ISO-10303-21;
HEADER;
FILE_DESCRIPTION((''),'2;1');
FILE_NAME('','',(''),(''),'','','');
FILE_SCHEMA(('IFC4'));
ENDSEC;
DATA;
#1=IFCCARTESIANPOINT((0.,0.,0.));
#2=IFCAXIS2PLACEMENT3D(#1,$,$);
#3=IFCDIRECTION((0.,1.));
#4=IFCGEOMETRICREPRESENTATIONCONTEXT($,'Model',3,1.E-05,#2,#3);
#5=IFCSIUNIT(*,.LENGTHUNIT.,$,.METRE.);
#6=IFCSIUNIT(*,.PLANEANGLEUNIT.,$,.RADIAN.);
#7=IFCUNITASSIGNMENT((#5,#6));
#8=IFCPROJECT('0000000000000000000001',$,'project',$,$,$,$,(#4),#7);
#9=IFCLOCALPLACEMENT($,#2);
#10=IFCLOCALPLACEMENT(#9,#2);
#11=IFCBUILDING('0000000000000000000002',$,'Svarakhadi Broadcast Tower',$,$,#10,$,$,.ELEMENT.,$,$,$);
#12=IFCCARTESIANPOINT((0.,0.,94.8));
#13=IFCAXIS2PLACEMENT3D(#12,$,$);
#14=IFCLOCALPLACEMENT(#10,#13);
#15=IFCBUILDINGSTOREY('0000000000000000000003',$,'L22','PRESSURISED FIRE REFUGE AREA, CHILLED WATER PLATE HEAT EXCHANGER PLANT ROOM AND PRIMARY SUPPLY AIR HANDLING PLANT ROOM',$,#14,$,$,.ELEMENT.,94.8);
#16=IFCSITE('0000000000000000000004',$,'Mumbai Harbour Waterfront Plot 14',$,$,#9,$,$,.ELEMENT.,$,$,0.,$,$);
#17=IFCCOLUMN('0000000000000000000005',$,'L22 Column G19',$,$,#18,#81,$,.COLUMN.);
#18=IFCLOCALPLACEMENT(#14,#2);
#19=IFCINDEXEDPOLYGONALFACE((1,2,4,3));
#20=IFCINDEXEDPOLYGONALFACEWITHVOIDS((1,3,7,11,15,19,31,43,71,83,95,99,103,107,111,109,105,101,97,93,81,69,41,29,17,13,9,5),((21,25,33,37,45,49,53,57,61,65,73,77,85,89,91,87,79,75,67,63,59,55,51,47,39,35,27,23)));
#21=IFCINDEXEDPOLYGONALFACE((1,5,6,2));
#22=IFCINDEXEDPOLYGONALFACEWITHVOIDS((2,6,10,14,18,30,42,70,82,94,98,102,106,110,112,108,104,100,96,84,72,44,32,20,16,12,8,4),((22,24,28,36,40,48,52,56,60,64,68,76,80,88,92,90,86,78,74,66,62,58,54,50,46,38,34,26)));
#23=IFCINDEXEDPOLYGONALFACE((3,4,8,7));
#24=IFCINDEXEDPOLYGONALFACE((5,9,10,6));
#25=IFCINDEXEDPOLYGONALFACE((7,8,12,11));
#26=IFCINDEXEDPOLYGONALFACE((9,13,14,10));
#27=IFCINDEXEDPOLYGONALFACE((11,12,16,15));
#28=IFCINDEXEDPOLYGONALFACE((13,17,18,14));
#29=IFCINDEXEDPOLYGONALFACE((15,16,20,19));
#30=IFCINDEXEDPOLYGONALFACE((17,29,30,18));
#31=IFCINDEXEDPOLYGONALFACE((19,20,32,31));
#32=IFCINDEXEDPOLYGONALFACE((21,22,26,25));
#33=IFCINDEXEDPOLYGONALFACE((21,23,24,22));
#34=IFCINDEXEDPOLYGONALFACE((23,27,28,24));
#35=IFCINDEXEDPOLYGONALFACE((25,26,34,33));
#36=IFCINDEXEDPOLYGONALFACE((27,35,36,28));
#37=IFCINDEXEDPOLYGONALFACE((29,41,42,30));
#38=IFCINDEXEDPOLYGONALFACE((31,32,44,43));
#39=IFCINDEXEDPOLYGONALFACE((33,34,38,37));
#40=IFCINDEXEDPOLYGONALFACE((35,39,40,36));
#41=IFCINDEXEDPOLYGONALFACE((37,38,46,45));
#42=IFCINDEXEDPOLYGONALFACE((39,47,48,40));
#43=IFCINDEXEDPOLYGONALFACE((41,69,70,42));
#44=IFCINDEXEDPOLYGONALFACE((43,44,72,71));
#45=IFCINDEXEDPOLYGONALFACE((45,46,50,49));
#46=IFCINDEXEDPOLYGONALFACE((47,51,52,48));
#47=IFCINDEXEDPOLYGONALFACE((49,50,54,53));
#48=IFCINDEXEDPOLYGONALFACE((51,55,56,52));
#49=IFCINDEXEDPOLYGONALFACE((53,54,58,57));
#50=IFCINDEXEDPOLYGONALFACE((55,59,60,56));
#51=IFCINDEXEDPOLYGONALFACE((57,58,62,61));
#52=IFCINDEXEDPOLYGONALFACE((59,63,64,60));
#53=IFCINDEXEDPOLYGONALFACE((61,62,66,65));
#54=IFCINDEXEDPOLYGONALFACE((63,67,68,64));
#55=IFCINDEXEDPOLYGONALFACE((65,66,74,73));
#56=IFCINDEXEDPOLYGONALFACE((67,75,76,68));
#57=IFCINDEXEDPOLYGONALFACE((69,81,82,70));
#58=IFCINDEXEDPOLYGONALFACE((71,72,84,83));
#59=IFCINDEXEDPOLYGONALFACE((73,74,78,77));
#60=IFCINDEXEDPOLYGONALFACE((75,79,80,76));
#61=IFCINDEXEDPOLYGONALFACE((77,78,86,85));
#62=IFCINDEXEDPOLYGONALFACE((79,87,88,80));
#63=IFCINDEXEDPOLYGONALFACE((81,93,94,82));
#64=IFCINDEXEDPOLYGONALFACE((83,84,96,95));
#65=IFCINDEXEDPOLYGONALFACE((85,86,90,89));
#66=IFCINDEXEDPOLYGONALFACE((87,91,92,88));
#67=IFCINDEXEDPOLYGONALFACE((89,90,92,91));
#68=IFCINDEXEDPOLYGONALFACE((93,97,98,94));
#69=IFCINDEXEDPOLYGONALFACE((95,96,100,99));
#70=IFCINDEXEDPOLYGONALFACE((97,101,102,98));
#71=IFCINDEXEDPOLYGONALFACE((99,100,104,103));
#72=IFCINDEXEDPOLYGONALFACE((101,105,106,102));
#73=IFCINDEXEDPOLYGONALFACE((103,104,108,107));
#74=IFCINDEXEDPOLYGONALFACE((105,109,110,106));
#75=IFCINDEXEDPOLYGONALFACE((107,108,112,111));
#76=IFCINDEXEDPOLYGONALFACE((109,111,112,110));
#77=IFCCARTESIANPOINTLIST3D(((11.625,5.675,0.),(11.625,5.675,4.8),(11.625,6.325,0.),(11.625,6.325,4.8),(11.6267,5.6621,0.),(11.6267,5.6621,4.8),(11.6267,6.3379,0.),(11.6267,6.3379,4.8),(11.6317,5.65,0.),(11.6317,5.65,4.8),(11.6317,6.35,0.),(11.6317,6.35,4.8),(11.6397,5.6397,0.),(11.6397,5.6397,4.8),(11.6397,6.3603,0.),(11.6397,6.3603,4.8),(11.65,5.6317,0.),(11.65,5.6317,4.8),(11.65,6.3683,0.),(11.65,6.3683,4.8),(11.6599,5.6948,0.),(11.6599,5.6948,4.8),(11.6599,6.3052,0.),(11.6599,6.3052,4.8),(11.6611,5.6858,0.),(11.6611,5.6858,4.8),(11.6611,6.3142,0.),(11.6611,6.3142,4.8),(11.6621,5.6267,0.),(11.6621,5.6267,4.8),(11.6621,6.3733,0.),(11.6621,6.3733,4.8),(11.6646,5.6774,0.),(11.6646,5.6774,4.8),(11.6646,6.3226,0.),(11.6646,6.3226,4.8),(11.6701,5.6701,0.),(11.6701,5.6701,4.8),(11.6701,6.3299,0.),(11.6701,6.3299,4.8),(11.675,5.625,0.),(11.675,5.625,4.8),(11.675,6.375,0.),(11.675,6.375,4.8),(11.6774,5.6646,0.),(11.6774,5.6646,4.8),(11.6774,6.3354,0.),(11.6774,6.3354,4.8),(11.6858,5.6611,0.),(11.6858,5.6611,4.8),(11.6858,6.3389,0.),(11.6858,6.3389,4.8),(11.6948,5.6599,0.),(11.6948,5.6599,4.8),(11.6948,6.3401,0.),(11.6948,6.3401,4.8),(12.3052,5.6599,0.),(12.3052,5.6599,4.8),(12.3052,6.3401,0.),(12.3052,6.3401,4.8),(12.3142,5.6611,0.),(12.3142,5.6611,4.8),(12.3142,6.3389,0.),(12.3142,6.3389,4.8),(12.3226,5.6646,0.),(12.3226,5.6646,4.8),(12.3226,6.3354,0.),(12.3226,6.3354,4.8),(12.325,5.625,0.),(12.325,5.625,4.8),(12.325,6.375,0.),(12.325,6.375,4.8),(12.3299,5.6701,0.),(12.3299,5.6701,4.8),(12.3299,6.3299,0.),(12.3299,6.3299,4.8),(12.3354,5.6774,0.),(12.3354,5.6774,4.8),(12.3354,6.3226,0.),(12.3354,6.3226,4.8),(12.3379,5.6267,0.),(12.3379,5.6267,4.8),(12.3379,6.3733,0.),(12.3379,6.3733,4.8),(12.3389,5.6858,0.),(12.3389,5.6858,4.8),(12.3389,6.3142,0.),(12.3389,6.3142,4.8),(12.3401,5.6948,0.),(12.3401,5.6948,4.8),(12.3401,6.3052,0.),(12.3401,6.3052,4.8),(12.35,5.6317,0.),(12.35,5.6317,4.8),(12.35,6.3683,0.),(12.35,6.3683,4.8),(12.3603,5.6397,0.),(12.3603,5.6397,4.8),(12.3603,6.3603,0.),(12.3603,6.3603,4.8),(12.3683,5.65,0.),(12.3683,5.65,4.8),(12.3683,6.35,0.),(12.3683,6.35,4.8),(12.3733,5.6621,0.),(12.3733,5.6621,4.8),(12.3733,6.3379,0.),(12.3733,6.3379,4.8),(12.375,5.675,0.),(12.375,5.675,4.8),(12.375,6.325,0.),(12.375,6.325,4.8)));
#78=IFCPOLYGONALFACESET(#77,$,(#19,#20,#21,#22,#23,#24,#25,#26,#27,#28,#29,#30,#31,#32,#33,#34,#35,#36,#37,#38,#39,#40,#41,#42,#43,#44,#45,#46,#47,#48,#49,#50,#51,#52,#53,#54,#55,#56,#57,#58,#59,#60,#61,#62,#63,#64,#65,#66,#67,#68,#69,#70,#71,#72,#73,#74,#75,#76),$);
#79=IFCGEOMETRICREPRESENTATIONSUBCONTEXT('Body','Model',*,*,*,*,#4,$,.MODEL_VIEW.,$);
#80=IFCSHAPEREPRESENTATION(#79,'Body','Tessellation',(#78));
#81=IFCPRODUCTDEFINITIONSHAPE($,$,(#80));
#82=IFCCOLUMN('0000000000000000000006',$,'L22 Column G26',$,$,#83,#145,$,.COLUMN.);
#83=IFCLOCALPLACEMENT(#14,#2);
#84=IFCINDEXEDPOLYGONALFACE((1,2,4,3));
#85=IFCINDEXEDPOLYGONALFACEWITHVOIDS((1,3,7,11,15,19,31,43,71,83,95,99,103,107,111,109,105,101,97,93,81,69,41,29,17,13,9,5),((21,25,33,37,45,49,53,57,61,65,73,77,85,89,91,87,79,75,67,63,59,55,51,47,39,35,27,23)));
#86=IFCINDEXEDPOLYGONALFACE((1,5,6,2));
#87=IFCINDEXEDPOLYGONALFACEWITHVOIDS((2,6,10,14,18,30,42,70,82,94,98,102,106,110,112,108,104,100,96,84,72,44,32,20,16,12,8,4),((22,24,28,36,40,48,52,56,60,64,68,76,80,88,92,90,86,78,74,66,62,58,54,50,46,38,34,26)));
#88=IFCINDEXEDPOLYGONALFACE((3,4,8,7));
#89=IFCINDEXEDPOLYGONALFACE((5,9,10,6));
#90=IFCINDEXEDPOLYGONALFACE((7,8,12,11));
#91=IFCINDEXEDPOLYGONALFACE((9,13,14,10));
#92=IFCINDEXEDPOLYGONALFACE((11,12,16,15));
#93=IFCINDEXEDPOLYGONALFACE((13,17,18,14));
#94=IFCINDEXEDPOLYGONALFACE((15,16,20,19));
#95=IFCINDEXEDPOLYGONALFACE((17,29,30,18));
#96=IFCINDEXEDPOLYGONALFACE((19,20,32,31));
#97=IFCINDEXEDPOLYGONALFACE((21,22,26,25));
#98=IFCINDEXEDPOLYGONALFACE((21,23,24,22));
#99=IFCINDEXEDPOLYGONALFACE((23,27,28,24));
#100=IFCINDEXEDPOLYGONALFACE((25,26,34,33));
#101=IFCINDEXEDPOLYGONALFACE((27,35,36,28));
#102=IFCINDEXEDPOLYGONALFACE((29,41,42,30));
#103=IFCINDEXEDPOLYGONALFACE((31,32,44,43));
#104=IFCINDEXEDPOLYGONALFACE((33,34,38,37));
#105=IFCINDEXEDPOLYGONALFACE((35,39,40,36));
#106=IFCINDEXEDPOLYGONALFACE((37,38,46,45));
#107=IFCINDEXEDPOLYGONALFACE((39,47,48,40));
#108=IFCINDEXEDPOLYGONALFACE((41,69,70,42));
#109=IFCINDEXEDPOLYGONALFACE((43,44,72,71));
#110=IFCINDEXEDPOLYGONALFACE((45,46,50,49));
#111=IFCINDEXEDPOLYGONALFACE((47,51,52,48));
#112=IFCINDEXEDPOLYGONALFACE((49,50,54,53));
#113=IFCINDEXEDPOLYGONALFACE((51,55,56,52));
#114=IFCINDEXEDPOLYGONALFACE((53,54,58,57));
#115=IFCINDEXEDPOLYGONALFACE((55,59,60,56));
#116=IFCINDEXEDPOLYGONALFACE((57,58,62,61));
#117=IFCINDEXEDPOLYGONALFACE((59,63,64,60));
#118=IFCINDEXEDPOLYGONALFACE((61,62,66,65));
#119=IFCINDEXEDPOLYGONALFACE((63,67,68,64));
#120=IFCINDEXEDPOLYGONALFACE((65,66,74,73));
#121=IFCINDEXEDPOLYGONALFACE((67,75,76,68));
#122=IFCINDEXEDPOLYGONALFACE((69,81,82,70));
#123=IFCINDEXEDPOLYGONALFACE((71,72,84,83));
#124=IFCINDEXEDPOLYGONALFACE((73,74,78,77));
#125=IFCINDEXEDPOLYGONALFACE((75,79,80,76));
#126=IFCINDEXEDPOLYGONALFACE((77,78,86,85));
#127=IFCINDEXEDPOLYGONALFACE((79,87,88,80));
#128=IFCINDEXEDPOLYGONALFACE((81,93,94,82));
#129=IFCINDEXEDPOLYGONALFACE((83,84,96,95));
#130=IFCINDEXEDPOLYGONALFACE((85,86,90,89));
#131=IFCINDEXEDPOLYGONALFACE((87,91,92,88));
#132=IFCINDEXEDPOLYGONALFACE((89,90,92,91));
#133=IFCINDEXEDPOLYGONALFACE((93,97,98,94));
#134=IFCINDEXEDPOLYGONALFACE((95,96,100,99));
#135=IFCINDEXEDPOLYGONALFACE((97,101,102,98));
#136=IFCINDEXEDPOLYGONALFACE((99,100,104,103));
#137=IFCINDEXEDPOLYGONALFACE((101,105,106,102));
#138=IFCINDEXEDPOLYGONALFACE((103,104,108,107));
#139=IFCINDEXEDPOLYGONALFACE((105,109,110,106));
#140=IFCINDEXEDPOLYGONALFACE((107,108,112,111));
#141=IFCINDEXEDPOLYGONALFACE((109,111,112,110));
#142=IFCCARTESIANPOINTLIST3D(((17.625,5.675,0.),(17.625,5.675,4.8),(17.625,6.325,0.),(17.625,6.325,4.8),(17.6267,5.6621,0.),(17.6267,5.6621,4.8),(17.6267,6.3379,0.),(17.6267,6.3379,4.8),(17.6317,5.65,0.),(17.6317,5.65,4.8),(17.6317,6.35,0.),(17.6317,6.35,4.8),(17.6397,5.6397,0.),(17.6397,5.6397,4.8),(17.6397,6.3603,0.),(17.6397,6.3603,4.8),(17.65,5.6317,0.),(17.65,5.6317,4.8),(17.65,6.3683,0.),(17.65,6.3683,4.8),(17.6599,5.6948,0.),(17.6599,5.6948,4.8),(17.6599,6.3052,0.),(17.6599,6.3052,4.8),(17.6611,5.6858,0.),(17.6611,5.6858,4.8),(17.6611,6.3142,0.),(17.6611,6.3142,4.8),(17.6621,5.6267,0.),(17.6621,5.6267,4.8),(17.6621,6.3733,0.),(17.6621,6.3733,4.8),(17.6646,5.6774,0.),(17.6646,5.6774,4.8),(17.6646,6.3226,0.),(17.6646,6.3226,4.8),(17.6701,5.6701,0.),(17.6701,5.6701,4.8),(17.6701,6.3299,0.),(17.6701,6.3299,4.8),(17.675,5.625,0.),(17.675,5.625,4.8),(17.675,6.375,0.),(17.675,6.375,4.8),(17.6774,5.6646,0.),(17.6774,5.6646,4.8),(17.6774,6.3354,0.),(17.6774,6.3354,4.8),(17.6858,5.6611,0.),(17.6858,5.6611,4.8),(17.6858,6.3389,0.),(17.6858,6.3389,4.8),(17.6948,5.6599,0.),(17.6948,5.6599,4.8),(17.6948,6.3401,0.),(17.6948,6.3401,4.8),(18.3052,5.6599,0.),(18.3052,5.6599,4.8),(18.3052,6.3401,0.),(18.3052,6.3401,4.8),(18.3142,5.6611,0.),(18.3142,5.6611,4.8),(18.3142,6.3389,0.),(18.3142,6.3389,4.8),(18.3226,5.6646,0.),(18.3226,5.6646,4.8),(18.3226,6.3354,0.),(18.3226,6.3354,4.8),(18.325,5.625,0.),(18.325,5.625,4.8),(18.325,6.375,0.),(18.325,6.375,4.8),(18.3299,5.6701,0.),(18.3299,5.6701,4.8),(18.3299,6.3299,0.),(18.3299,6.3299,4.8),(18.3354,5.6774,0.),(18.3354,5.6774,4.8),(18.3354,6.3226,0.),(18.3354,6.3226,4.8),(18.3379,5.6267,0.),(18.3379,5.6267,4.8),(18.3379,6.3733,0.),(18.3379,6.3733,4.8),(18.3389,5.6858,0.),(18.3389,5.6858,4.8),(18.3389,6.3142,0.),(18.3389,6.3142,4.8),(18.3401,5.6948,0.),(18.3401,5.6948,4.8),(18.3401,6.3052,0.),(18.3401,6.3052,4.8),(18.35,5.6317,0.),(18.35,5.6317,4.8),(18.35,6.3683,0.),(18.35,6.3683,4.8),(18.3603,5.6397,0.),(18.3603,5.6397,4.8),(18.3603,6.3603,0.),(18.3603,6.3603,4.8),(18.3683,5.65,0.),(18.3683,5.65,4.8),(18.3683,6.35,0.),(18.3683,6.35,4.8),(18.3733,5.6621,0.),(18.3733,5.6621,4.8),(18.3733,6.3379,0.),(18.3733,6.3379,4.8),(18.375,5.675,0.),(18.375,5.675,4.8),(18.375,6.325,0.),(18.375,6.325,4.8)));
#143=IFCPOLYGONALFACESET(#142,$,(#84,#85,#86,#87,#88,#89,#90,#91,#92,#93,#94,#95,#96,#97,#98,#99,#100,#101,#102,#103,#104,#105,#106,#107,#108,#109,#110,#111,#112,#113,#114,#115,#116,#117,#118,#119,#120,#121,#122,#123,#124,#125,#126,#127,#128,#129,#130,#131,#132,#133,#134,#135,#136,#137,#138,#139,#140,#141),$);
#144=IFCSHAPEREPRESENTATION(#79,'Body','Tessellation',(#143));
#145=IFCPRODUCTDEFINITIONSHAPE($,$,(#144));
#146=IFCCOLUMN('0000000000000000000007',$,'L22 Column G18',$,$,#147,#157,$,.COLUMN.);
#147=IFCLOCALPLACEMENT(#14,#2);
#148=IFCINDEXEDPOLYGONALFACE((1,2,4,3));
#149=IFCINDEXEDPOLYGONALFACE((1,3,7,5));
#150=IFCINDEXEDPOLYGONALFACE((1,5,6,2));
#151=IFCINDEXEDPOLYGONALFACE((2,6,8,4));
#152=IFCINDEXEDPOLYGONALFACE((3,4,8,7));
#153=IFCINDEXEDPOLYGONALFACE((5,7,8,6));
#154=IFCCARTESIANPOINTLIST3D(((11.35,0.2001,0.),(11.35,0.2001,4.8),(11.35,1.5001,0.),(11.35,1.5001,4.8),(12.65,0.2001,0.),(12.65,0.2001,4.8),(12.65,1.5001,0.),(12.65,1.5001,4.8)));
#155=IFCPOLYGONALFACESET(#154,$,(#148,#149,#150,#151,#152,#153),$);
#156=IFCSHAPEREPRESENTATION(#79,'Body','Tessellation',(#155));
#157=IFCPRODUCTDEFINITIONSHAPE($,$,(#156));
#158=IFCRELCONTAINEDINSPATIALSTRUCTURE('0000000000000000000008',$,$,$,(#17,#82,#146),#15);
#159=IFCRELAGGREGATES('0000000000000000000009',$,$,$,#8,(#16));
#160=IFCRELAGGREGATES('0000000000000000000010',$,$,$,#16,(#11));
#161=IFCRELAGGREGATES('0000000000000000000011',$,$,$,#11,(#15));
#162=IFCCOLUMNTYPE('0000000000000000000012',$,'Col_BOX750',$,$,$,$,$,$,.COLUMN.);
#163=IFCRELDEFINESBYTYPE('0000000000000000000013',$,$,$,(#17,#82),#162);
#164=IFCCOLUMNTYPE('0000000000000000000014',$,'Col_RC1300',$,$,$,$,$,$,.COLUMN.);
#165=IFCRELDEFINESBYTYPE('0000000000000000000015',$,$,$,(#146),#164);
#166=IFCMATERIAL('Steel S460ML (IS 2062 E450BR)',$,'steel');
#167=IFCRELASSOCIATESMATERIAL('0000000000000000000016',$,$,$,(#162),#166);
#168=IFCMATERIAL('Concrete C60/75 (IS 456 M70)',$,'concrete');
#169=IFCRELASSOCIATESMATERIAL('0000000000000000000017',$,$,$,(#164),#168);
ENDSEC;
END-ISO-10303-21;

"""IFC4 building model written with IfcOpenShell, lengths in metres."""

from ifc_helpers import new_model, si_unit, direction, frame, origin, origin_2d, place, context, subcontext, project, spatial, rectangle, hollow_rectangle, extrude, material, material_profile, profile_set, type_object, element, save


model = new_model("IFC4")

# Units and contexts
model_context = context("Model", 3, precision=1e-05, world=origin(), true_north=direction((0.0, 1.0)))
body_context = subcontext(model_context, "Body", "Model", "MODEL_VIEW")
ifc_project = project(units=[si_unit("LENGTHUNIT", "METRE"), si_unit("PLANEANGLEUNIT", "RADIAN")], contexts=[model_context])

# Site, building, storey
site_placement = place(None, origin())
site = spatial("IfcSite", under=ifc_project, at=site_placement, Name="Mumbai Harbour Waterfront Plot 14", CompositionType="ELEMENT", RefElevation=0.0)
building_placement = place(site_placement, origin())
building = spatial("IfcBuilding", under=site, at=building_placement, Name="Svarakhadi Broadcast Tower", CompositionType="ELEMENT")
storey_placement = place(building_placement, frame((0.0, 0.0, 94.8)))
storey = spatial("IfcBuildingStorey", under=building, at=storey_placement, Name="L22", Description="PRESSURISED FIRE REFUGE AREA, CHILLED WATER PLATE HEAT EXCHANGER PLANT ROOM AND PRIMARY SUPPLY AIR HANDLING PLANT ROOM", CompositionType="ELEMENT", Elevation=94.8)

# Columns
ifc_material_1 = material(Name="Steel S460ML (IS 2062 E450BR)", Category="steel")
ifc_material_profile_1 = material_profile(ifc_material_1, hollow_rectangle(XDim=0.75, YDim=0.75, WallThickness=0.0349, InnerFilletRadius=0.0349, OuterFilletRadius=0.05, at=origin_2d()), Name="BOX 750x750x35")
ifc_profile_set_1 = profile_set([ifc_material_profile_1], Name="Steel S460ML (IS 2062 E450BR)")
column_type_1 = type_object("IfcColumnType", Name="Col_BOX750", PredefinedType="COLUMN", material=ifc_profile_set_1)
for number, where, z_axis, x_axis, name in (
    (1, (12.0, 6.0, 0.0), (0.0, 0.0, 1.0), (1.0, 0.0, 0.0), "L22 Column G19"),
    (2, (18.0, 6.0, 0.0), (0.0, 0.0, 1.0), (1.0, 0.0, 0.0), "L22 Column G26"),
):
    element("IfcColumn", number, at=place(storey_placement, frame(where, z_axis=z_axis, x_axis=x_axis)), inside=storey, type_object=column_type_1, Name=name, PredefinedType="COLUMN", context=body_context, shape_type="SweptSolid", body=[
        extrude(hollow_rectangle(XDim=0.75, YDim=0.75, WallThickness=0.0349, InnerFilletRadius=0.0349, OuterFilletRadius=0.05, at=origin_2d()), origin(), (0.0, 0.0, 1.0), 4.8),
    ])
ifc_material_2 = material(Name="Concrete C60/75 (IS 456 M70)", Category="concrete")
ifc_material_profile_2 = material_profile(ifc_material_2, rectangle(XDim=1.3, YDim=1.3, at=origin_2d()), Name="RC 1300x1300")
ifc_profile_set_2 = profile_set([ifc_material_profile_2], Name="Concrete C60/75 (IS 456 M70)")
column_type_2 = type_object("IfcColumnType", Name="Col_RC1300", PredefinedType="COLUMN", material=ifc_profile_set_2)
column_1_placement = place(storey_placement, frame((12.0, 0.8501, 0.0), z_axis=(0.0, 0.0, 1.0), x_axis=(1.0, 0.0, 0.0)))
element("IfcColumn", 3, at=column_1_placement, inside=storey, type_object=column_type_2, Name="L22 Column G18", PredefinedType="COLUMN", context=body_context, shape_type="SweptSolid", body=[
    extrude(rectangle(XDim=1.3, YDim=1.3, at=origin_2d()), origin(), (0.0, 0.0, 1.0), 4.8),
])

save(model, "model.ifc")
